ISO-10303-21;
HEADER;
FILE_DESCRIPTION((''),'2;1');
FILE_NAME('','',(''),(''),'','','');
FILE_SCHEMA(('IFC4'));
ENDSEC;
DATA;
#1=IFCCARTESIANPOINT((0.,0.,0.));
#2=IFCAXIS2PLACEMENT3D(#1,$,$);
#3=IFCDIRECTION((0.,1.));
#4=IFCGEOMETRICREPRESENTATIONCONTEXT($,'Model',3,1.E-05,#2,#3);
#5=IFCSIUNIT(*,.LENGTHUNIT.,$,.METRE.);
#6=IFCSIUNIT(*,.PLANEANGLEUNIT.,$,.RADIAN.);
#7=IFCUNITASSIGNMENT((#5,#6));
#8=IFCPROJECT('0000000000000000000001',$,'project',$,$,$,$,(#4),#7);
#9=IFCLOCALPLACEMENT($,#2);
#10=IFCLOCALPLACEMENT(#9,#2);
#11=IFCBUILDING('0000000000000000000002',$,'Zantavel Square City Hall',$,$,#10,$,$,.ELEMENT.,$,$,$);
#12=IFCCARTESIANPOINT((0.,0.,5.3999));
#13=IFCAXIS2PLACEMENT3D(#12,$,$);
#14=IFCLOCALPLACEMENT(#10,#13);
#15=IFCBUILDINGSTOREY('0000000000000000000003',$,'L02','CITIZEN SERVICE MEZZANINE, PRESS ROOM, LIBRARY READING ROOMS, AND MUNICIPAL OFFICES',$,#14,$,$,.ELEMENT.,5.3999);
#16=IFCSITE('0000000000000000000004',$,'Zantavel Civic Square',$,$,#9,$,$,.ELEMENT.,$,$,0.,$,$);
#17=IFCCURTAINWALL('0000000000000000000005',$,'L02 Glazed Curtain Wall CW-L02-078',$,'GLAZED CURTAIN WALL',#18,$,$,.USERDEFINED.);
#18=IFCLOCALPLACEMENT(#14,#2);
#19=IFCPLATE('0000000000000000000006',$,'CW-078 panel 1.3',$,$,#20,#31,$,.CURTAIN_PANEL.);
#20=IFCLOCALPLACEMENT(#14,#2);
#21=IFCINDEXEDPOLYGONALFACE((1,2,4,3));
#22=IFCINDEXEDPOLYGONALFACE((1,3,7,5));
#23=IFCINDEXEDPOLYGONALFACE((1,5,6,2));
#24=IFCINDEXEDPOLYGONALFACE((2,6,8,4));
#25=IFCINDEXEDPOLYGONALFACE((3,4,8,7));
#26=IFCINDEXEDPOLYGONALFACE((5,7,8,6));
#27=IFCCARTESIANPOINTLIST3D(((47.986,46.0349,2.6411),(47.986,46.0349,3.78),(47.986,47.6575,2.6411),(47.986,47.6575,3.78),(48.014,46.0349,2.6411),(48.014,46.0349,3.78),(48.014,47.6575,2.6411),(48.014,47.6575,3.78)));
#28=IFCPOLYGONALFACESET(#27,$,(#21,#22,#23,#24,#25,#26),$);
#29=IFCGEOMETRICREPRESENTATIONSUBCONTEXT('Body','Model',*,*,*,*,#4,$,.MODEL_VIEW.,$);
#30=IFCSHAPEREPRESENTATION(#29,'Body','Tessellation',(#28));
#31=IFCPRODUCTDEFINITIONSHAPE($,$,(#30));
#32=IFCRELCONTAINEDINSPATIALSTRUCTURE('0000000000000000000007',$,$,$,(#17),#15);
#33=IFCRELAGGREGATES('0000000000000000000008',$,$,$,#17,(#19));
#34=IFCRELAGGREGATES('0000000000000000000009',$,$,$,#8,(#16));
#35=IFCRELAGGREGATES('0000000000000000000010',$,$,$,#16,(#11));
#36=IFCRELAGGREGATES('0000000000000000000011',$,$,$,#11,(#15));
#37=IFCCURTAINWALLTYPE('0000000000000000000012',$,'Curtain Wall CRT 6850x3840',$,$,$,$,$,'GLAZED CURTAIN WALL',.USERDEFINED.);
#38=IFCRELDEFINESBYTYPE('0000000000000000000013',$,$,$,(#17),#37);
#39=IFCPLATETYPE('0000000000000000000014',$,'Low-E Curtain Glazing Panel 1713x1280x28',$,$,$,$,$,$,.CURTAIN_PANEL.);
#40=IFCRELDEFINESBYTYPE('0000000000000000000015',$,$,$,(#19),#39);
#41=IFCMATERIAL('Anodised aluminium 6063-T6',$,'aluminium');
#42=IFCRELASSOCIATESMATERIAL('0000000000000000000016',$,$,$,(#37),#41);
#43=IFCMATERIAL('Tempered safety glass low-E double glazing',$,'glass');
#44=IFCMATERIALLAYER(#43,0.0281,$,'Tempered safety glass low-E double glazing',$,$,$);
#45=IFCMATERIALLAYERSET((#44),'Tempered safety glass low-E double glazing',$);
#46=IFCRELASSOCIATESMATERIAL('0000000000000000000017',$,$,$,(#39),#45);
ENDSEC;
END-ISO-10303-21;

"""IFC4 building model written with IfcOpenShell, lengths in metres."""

from ifc_helpers import new_model, si_unit, direction, frame, origin, origin_2d, place, context, subcontext, project, spatial, rectangle, extrude, material, layer, layer_set, type_object, element, aggregate, save


model = new_model("IFC4")

# Units and contexts
model_context = context("Model", 3, precision=1e-05, world=origin(), true_north=direction((0.0, 1.0)))
body_context = subcontext(model_context, "Body", "Model", "MODEL_VIEW")
ifc_project = project(units=[si_unit("LENGTHUNIT", "METRE"), si_unit("PLANEANGLEUNIT", "RADIAN")], contexts=[model_context])

# Site, building, storey
site_placement = place(None, origin())
site = spatial("IfcSite", under=ifc_project, at=site_placement, Name="Zantavel Civic Square", CompositionType="ELEMENT", RefElevation=0.0)
building_placement = place(site_placement, origin())
building = spatial("IfcBuilding", under=site, at=building_placement, Name="Zantavel Square City Hall", CompositionType="ELEMENT")
storey_placement = place(building_placement, frame((0.0, 0.0, 5.3999)))
storey = spatial("IfcBuildingStorey", under=building, at=storey_placement, Name="L02", Description="CITIZEN SERVICE MEZZANINE, PRESS ROOM, LIBRARY READING ROOMS, AND MUNICIPAL OFFICES", CompositionType="ELEMENT", Elevation=5.3999)

# Shared definitions
ifc_material_1 = material(Name="Anodised aluminium 6063-T6", Category="aluminium")
curtain_wall_type = type_object("IfcCurtainWallType", Name="Curtain Wall CRT 6850x3840", ElementType="GLAZED CURTAIN WALL", PredefinedType="USERDEFINED", material=ifc_material_1)

# Curtain wall
curtain_wall_1_placement = place(storey_placement, origin())
curtain_wall_1 = element("IfcCurtainWall", 1, at=curtain_wall_1_placement, inside=storey, type_object=curtain_wall_type, Name="L02 Glazed Curtain Wall CW-L02-078", ObjectType="GLAZED CURTAIN WALL", PredefinedType="USERDEFINED")

# Plate
ifc_material_2 = material(Name="Tempered safety glass low-E double glazing", Category="glass")
ifc_layer = layer(ifc_material_2, 0.0281, Name="Tempered safety glass low-E double glazing")
ifc_layer_set = layer_set([ifc_layer], Name="Tempered safety glass low-E double glazing")
plate_type = type_object("IfcPlateType", Name="Low-E Curtain Glazing Panel 1713x1280x28", PredefinedType="CURTAIN_PANEL", material=ifc_layer_set)
plate_1_placement = place(storey_placement, frame((48.0, 46.8462, 2.6411), z_axis=(0.0, 0.0, 1.0), x_axis=(0.0, 1.0, 0.0)))
plate_1 = element("IfcPlate", 2, at=plate_1_placement, type_object=plate_type, Name="CW-078 panel 1.3", PredefinedType="CURTAIN_PANEL", context=body_context, shape_type="SweptSolid", body=[
    extrude(rectangle(XDim=1.6226, YDim=0.0281, at=origin_2d()), origin(), (0.0, 0.0, 1.0), 1.1389),
])
aggregate(curtain_wall_1, [plate_1])

save(model, "model.ifc")
